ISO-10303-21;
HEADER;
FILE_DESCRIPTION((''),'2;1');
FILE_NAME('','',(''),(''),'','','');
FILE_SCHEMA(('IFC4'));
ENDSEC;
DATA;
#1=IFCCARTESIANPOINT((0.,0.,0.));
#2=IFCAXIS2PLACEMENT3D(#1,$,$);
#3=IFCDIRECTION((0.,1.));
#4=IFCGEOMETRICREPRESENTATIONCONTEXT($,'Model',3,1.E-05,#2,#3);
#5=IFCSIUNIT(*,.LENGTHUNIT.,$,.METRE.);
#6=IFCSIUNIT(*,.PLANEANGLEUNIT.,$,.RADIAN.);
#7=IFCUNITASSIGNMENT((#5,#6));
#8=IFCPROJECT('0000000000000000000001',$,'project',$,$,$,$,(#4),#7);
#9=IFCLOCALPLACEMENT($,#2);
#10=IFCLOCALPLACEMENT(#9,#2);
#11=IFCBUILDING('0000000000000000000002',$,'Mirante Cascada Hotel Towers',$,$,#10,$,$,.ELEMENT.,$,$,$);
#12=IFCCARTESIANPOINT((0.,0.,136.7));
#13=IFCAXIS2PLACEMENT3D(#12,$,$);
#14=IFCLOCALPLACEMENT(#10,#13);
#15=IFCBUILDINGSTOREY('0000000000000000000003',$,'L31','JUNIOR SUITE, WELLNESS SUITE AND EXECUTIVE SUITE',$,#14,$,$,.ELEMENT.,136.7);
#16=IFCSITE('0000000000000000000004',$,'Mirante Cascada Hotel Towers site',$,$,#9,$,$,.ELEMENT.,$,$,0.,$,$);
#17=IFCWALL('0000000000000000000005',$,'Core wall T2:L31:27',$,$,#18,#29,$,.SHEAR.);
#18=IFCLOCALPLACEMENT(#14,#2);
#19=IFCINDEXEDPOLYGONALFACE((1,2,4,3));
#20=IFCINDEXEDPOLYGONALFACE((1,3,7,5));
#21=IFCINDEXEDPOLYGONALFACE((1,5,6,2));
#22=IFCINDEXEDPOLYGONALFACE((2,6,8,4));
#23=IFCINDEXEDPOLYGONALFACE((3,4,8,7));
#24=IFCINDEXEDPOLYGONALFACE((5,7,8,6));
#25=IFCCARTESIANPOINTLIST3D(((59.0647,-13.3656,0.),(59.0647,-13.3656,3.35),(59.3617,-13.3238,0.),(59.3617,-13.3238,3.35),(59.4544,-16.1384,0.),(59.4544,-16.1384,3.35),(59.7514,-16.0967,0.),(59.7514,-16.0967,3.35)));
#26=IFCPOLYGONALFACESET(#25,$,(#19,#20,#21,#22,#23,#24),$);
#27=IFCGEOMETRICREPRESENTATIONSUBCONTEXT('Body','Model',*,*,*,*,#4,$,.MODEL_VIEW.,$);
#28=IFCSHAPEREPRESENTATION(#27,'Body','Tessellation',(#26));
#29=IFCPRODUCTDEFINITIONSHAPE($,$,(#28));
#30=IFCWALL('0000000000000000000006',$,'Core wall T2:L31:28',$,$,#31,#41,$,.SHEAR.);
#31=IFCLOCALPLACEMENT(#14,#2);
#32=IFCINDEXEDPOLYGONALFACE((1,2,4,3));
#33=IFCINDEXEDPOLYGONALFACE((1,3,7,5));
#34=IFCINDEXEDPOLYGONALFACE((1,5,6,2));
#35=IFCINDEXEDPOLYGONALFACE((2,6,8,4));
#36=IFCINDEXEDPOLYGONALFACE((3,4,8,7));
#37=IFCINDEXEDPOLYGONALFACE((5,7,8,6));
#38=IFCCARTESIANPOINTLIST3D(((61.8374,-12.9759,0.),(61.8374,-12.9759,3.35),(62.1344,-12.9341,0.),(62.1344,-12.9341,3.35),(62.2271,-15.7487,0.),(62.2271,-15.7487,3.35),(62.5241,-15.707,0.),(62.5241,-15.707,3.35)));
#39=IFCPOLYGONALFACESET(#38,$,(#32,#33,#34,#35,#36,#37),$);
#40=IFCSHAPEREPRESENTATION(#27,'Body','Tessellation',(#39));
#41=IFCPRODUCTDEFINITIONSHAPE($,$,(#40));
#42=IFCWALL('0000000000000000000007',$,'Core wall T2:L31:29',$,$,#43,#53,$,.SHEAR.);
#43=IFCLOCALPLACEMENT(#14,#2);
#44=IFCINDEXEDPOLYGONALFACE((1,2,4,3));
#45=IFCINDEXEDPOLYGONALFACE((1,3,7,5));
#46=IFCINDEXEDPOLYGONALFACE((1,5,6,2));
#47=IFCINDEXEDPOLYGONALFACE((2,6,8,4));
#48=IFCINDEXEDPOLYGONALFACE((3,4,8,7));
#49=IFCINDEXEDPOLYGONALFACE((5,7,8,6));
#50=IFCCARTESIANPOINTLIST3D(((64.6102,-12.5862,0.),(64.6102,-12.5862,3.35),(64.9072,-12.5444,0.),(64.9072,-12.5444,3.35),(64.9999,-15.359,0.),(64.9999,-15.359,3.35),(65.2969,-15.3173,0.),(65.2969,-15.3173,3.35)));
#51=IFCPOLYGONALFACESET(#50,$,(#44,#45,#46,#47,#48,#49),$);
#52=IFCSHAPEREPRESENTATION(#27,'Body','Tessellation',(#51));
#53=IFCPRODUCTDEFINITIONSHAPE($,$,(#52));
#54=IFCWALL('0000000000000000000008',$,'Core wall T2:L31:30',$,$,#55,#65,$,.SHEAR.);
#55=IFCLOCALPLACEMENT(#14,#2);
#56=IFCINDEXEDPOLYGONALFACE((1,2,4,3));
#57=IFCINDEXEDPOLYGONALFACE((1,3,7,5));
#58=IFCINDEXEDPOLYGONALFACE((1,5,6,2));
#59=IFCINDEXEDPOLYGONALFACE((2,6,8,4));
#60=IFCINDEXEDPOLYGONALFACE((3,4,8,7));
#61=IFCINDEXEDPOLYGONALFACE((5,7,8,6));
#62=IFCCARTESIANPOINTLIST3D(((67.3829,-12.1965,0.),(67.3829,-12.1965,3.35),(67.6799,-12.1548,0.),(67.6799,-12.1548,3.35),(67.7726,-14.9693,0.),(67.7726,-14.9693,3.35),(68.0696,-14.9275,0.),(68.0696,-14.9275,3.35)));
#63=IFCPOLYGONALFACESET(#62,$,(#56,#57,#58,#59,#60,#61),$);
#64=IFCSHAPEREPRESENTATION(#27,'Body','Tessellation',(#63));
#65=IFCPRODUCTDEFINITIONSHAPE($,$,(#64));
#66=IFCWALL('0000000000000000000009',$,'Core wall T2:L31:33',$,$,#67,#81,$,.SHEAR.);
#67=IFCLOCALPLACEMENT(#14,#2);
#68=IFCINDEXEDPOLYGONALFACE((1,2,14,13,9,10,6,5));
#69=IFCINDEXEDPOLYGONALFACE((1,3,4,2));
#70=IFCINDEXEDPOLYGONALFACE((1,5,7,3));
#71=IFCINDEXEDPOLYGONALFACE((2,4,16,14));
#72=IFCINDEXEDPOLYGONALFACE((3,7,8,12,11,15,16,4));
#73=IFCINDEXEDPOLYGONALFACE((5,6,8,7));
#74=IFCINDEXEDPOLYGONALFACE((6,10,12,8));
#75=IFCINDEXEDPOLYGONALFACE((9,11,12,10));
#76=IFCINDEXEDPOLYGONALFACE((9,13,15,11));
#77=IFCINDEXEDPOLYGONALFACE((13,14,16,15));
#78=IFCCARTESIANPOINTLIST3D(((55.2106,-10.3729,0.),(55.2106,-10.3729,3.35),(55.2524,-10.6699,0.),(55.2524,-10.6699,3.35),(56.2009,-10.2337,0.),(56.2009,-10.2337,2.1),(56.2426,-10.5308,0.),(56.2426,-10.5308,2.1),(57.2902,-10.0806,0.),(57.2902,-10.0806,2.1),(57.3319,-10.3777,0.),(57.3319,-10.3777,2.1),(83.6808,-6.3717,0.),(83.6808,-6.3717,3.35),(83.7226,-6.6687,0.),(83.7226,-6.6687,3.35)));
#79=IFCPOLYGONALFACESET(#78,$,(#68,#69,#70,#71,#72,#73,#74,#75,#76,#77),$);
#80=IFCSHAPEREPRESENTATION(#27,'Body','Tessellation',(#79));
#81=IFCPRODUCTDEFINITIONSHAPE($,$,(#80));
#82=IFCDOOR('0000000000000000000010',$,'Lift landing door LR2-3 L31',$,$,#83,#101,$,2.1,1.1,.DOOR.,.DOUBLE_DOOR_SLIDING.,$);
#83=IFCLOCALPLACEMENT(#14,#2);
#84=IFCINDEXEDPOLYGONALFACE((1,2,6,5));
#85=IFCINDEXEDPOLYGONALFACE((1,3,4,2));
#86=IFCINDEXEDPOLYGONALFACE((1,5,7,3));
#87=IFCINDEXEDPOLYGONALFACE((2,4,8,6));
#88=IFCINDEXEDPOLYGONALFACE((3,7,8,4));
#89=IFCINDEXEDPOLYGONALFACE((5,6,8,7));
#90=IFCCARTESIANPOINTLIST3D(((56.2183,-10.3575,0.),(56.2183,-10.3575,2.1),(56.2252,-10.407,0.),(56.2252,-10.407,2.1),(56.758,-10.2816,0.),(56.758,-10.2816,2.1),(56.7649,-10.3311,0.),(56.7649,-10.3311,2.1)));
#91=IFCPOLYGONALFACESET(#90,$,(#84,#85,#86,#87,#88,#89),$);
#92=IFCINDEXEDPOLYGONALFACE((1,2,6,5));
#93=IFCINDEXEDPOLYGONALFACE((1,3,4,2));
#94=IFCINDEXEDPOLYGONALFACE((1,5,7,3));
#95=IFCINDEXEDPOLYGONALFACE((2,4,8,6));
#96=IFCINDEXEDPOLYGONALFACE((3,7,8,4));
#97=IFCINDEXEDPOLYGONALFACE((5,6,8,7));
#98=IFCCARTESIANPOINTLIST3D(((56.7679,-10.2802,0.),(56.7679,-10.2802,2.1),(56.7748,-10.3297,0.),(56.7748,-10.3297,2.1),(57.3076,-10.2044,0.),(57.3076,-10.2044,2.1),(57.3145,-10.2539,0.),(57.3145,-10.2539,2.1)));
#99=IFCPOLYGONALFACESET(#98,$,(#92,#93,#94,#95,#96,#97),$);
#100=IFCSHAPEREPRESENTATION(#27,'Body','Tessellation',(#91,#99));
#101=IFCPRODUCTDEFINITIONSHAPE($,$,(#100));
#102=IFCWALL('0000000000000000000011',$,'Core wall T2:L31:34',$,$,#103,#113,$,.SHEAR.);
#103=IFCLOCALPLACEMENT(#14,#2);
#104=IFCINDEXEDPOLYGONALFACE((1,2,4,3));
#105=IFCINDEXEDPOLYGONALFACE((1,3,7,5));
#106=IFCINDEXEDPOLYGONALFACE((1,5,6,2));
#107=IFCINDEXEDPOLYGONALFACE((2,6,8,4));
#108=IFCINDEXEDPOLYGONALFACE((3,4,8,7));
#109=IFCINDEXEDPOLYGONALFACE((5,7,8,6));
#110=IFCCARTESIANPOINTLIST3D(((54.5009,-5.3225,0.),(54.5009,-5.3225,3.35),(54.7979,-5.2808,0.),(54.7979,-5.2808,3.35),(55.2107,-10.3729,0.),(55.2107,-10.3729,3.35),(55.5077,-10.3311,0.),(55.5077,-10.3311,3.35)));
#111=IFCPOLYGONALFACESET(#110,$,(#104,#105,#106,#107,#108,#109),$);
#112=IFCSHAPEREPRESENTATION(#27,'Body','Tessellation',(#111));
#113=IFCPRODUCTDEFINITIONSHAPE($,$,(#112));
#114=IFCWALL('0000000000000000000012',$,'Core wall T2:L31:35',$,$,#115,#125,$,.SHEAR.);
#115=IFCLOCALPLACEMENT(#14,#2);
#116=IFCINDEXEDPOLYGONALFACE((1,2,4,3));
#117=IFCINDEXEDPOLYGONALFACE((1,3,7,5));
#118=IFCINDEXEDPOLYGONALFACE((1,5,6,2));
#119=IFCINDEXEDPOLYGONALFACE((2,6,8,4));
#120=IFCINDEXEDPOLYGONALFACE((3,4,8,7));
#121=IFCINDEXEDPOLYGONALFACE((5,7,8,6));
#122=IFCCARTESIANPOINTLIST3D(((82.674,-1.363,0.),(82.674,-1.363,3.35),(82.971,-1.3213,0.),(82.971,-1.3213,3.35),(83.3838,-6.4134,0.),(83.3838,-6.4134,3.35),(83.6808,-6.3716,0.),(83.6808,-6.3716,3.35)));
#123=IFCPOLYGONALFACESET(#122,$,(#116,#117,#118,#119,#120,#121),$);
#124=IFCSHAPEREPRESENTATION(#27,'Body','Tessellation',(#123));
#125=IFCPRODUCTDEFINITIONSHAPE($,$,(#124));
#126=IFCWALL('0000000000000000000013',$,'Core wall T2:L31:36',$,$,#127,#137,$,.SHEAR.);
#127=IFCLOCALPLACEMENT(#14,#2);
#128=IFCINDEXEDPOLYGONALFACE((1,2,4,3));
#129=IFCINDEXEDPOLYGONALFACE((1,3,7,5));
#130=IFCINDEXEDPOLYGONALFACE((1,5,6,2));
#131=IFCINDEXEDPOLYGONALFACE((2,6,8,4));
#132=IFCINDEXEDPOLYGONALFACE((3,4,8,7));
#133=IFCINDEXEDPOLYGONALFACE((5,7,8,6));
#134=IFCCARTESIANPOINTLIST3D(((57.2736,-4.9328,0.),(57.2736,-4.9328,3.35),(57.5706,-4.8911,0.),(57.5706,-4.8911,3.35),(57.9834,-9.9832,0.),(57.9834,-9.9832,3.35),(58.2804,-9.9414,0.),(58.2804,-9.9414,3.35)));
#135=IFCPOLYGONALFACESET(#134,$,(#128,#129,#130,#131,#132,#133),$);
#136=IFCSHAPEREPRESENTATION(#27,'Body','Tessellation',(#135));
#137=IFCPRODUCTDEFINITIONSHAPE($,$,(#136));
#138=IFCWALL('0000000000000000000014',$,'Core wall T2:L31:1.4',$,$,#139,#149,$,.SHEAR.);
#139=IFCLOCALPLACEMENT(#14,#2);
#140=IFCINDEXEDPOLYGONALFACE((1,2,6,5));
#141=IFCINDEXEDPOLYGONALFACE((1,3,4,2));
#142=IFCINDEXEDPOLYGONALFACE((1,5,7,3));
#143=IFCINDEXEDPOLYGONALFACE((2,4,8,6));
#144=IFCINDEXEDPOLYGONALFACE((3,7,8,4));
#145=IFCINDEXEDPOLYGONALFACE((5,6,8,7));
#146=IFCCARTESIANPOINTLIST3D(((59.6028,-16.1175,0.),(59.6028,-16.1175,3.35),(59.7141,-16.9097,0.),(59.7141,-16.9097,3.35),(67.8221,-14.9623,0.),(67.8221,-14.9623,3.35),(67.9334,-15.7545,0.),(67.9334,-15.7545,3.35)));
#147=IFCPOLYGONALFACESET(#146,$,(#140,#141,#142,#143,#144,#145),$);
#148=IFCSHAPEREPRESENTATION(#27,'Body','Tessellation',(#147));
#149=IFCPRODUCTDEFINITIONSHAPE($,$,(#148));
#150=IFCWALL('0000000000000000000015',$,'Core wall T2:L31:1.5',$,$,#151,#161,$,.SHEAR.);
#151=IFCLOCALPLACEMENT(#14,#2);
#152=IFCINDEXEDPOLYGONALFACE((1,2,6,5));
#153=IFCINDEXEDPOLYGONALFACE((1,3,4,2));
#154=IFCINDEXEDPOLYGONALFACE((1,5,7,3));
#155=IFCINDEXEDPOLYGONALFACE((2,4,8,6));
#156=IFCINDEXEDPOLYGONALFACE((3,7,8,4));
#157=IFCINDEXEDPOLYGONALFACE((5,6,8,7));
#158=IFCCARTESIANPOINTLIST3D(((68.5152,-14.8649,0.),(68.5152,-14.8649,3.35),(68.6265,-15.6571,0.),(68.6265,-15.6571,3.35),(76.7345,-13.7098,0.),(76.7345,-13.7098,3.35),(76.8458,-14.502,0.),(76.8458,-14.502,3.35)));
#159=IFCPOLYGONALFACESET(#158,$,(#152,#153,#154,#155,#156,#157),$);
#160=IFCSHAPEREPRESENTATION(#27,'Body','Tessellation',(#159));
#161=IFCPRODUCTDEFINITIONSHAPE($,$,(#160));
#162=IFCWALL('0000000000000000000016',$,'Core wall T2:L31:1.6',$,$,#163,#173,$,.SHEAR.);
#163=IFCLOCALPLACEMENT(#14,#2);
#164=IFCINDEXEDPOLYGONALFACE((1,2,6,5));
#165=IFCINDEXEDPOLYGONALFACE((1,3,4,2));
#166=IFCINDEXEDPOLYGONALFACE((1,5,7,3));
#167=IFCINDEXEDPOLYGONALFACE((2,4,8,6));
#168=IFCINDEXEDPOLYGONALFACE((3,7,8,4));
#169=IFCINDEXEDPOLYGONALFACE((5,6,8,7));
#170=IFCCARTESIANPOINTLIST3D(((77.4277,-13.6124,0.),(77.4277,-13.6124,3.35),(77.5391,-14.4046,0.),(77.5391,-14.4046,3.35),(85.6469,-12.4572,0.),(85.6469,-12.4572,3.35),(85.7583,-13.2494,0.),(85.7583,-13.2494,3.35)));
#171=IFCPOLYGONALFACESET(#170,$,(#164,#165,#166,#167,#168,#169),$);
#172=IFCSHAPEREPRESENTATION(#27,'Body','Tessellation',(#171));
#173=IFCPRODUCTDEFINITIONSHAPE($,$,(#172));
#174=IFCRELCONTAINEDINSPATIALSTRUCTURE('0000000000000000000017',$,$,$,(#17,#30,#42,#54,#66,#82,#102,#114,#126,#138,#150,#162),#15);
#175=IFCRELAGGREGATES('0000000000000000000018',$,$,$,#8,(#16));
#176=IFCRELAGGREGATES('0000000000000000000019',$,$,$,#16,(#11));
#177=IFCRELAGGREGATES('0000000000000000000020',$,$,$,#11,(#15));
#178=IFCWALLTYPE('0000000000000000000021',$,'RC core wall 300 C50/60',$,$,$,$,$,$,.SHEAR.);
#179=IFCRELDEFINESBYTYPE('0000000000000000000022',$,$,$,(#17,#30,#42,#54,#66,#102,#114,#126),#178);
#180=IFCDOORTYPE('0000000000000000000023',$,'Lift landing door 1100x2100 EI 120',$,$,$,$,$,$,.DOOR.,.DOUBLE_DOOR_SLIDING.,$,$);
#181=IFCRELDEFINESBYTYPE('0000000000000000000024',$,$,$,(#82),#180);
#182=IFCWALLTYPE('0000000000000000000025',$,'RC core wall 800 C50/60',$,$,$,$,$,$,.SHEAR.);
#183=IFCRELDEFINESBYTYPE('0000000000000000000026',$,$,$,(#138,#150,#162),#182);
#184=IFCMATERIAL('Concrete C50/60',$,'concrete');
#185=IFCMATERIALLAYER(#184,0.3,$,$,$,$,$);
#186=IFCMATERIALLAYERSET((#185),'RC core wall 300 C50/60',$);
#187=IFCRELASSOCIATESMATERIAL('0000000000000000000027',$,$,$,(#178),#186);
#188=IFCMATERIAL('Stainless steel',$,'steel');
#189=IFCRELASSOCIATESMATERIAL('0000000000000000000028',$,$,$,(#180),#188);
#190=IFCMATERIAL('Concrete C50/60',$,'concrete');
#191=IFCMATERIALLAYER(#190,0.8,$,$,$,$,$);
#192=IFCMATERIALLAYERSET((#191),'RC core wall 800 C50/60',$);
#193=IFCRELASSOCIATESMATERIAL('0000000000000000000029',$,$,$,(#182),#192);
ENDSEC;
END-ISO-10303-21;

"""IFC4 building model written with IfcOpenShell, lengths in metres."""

from ifc_helpers import new_model, si_unit, direction, frame, frame_2d, origin, place, context, subcontext, project, spatial, rectangle, extrude, material, layer, layer_set, type_object, element, fill, save


model = new_model("IFC4")

# Units and contexts
model_context = context("Model", 3, precision=1e-05, world=origin(), true_north=direction((0.0, 1.0)))
body_context = subcontext(model_context, "Body", "Model", "MODEL_VIEW")
ifc_project = project(units=[si_unit("LENGTHUNIT", "METRE"), si_unit("PLANEANGLEUNIT", "RADIAN")], contexts=[model_context])

# Site, building, storey
site_placement = place(None, origin())
site = spatial("IfcSite", under=ifc_project, at=site_placement, Name="Mirante Cascada Hotel Towers site", CompositionType="ELEMENT", RefElevation=0.0)
building_placement = place(site_placement, origin())
building = spatial("IfcBuilding", under=site, at=building_placement, Name="Mirante Cascada Hotel Towers", CompositionType="ELEMENT")
storey_placement = place(building_placement, frame((0.0, 0.0, 136.7)))
storey = spatial("IfcBuildingStorey", under=building, at=storey_placement, Name="L31", Description="JUNIOR SUITE, WELLNESS SUITE AND EXECUTIVE SUITE", CompositionType="ELEMENT", Elevation=136.7)

# Walls
ifc_material_1 = material(Name="Concrete C50/60", Category="concrete")
ifc_layer_1 = layer(ifc_material_1, 0.3)
ifc_layer_set_1 = layer_set([ifc_layer_1], Name="RC core wall 300 C50/60")
wall_type_1 = type_object("IfcWallType", Name="RC core wall 300 C50/60", PredefinedType="SHEAR", material=ifc_layer_set_1)
for number, where, z_axis, x_axis, name in (
    (1, (59.6029, -16.1175, 0.0), (0.0, 0.0, 1.0), (-0.139176, 0.990268, 0.0), "Core wall T2:L31:27"),
    (2, (62.3756, -15.7278, 0.0), (0.0, 0.0, 1.0), (-0.139176, 0.990268, 0.0), "Core wall T2:L31:28"),
    (3, (65.1484, -15.3381, 0.0), (0.0, 0.0, 1.0), (-0.139176, 0.990268, 0.0), "Core wall T2:L31:29"),
):
    element("IfcWall", number, at=place(storey_placement, frame(where, z_axis=z_axis, x_axis=x_axis)), inside=storey, type_object=wall_type_1, Name=name, PredefinedType="SHEAR", context=body_context, shape_type="SweptSolid", body=[
        extrude(rectangle(XDim=2.8001, YDim=0.3, at=frame_2d((1.4, 0.0))), origin(), (0.0, 0.0, 1.0), 3.35),
    ])
wall_1_placement = place(storey_placement, frame((67.9211, -14.9484, 0.0), z_axis=(0.0, 0.0, 1.0), x_axis=(-0.139181, 0.990267, 0.0)))
element("IfcWall", 4, at=wall_1_placement, inside=storey, type_object=wall_type_1, Name="Core wall T2:L31:30", PredefinedType="SHEAR", context=body_context, shape_type="SweptSolid", body=[
    extrude(rectangle(XDim=2.8, YDim=0.3, at=frame_2d((1.4, 0.0))), origin(), (0.0, 0.0, 1.0), 3.35),
])

# Wall, opening, door
wall_2_placement = place(storey_placement, frame((55.2315, -10.5214, 0.0), z_axis=(0.0, 0.0, 1.0), x_axis=(0.990268, 0.139172, 0.0)))
wall_2 = element("IfcWall", 5, at=wall_2_placement, inside=storey, type_object=wall_type_1, Name="Core wall T2:L31:33", PredefinedType="SHEAR", context=body_context, shape_type="SweptSolid", body=[
    extrude(rectangle(XDim=28.75, YDim=0.3, at=frame_2d((14.375, 0.0))), origin(), (0.0, 0.0, 1.0), 3.35),
])
opening_placement = place(wall_2_placement, frame((1.0, 0.0, 0.0)))
opening = element("IfcOpeningElement", 6, at=opening_placement, cuts=wall_2, PredefinedType="OPENING", context=body_context, shape_type="SweptSolid", body=[
    extrude(rectangle(XDim=1.1, YDim=2.1, at=frame_2d((0.55, 1.05))), frame((0.0, 0.15, 0.0), z_axis=(0.0, -1.0, 0.0), x_axis=(1.0, 0.0, 0.0)), (0.0, 0.0, 1.0), 0.3),
])
ifc_material_2 = material(Name="Stainless steel", Category="steel")
door_type = type_object("IfcDoorType", Name="Lift landing door 1100x2100 EI 120", OperationType="DOUBLE_DOOR_SLIDING", PredefinedType="DOOR", material=ifc_material_2)
door_placement = place(opening_placement, origin())
door = element("IfcDoor", 7, at=door_placement, inside=storey, type_object=door_type, Name="Lift landing door LR2-3 L31", OperationType="DOUBLE_DOOR_SLIDING", OverallHeight=2.1, OverallWidth=1.1, PredefinedType="DOOR", context=body_context, shape_type="SweptSolid", body=[
    extrude(rectangle(XDim=0.545, YDim=2.1, at=frame_2d((0.2725, 1.05))), frame((0.0, 0.025, 0.0), z_axis=(0.0, -1.0, 0.0), x_axis=(1.0, 0.0, 0.0)), (0.0, 0.0, 1.0), 0.05),
    extrude(rectangle(XDim=0.545, YDim=2.1, at=frame_2d((0.8275, 1.05))), frame((0.0, 0.025, 0.0), z_axis=(0.0, -1.0, 0.0), x_axis=(1.0, 0.0, 0.0)), (0.0, 0.0, 1.0), 0.05),
])
fill(opening, door)

# Walls
for number, where, z_axis, x_axis, name in (
    (8, (55.3592, -10.352, 0.0), (0.0, 0.0, 1.0), (-0.139176, 0.990268, 0.0), "Core wall T2:L31:34"),
    (9, (83.5323, -6.3925, 0.0), (0.0, 0.0, 1.0), (-0.139176, 0.990268, 0.0), "Core wall T2:L31:35"),
    (10, (58.1319, -9.9623, 0.0), (0.0, 0.0, 1.0), (-0.139176, 0.990268, 0.0), "Core wall T2:L31:36"),
):
    element("IfcWall", number, at=place(storey_placement, frame(where, z_axis=z_axis, x_axis=x_axis)), inside=storey, type_object=wall_type_1, Name=name, PredefinedType="SHEAR", context=body_context, shape_type="SweptSolid", body=[
        extrude(rectangle(XDim=5.1, YDim=0.3, at=frame_2d((2.55, 0.0))), origin(), (0.0, 0.0, 1.0), 3.35),
    ])
ifc_material_3 = material(Name="Concrete C50/60", Category="concrete")
ifc_layer_2 = layer(ifc_material_3, 0.8)
ifc_layer_set_2 = layer_set([ifc_layer_2], Name="RC core wall 800 C50/60")
wall_type_2 = type_object("IfcWallType", Name="RC core wall 800 C50/60", PredefinedType="SHEAR", material=ifc_layer_set_2)
for number, where, z_axis, x_axis, name in (
    (11, (59.6585, -16.5136, 0.0), (0.0, 0.0, 1.0), (0.990267, 0.139179, 0.0), "Core wall T2:L31:1.4"),
    (12, (68.5709, -15.261, 0.0), (0.0, 0.0, 1.0), (0.990269, 0.139167, 0.0), "Core wall T2:L31:1.5"),
):
    element("IfcWall", number, at=place(storey_placement, frame(where, z_axis=z_axis, x_axis=x_axis)), inside=storey, type_object=wall_type_2, Name=name, PredefinedType="SHEAR", context=body_context, shape_type="SweptSolid", body=[
        extrude(rectangle(XDim=8.3001, YDim=0.8, at=frame_2d((4.15, 0.0))), origin(), (0.0, 0.0, 1.0), 3.35),
    ])
wall_3_placement = place(storey_placement, frame((77.4834, -14.0085, 0.0), z_axis=(0.0, 0.0, 1.0), x_axis=(0.990267, 0.139181, 0.0)))
element("IfcWall", 13, at=wall_3_placement, inside=storey, type_object=wall_type_2, Name="Core wall T2:L31:1.6", PredefinedType="SHEAR", context=body_context, shape_type="SweptSolid", body=[
    extrude(rectangle(XDim=8.3, YDim=0.8, at=frame_2d((4.15, 0.0))), origin(), (0.0, 0.0, 1.0), 3.35),
])

save(model, "model.ifc")
